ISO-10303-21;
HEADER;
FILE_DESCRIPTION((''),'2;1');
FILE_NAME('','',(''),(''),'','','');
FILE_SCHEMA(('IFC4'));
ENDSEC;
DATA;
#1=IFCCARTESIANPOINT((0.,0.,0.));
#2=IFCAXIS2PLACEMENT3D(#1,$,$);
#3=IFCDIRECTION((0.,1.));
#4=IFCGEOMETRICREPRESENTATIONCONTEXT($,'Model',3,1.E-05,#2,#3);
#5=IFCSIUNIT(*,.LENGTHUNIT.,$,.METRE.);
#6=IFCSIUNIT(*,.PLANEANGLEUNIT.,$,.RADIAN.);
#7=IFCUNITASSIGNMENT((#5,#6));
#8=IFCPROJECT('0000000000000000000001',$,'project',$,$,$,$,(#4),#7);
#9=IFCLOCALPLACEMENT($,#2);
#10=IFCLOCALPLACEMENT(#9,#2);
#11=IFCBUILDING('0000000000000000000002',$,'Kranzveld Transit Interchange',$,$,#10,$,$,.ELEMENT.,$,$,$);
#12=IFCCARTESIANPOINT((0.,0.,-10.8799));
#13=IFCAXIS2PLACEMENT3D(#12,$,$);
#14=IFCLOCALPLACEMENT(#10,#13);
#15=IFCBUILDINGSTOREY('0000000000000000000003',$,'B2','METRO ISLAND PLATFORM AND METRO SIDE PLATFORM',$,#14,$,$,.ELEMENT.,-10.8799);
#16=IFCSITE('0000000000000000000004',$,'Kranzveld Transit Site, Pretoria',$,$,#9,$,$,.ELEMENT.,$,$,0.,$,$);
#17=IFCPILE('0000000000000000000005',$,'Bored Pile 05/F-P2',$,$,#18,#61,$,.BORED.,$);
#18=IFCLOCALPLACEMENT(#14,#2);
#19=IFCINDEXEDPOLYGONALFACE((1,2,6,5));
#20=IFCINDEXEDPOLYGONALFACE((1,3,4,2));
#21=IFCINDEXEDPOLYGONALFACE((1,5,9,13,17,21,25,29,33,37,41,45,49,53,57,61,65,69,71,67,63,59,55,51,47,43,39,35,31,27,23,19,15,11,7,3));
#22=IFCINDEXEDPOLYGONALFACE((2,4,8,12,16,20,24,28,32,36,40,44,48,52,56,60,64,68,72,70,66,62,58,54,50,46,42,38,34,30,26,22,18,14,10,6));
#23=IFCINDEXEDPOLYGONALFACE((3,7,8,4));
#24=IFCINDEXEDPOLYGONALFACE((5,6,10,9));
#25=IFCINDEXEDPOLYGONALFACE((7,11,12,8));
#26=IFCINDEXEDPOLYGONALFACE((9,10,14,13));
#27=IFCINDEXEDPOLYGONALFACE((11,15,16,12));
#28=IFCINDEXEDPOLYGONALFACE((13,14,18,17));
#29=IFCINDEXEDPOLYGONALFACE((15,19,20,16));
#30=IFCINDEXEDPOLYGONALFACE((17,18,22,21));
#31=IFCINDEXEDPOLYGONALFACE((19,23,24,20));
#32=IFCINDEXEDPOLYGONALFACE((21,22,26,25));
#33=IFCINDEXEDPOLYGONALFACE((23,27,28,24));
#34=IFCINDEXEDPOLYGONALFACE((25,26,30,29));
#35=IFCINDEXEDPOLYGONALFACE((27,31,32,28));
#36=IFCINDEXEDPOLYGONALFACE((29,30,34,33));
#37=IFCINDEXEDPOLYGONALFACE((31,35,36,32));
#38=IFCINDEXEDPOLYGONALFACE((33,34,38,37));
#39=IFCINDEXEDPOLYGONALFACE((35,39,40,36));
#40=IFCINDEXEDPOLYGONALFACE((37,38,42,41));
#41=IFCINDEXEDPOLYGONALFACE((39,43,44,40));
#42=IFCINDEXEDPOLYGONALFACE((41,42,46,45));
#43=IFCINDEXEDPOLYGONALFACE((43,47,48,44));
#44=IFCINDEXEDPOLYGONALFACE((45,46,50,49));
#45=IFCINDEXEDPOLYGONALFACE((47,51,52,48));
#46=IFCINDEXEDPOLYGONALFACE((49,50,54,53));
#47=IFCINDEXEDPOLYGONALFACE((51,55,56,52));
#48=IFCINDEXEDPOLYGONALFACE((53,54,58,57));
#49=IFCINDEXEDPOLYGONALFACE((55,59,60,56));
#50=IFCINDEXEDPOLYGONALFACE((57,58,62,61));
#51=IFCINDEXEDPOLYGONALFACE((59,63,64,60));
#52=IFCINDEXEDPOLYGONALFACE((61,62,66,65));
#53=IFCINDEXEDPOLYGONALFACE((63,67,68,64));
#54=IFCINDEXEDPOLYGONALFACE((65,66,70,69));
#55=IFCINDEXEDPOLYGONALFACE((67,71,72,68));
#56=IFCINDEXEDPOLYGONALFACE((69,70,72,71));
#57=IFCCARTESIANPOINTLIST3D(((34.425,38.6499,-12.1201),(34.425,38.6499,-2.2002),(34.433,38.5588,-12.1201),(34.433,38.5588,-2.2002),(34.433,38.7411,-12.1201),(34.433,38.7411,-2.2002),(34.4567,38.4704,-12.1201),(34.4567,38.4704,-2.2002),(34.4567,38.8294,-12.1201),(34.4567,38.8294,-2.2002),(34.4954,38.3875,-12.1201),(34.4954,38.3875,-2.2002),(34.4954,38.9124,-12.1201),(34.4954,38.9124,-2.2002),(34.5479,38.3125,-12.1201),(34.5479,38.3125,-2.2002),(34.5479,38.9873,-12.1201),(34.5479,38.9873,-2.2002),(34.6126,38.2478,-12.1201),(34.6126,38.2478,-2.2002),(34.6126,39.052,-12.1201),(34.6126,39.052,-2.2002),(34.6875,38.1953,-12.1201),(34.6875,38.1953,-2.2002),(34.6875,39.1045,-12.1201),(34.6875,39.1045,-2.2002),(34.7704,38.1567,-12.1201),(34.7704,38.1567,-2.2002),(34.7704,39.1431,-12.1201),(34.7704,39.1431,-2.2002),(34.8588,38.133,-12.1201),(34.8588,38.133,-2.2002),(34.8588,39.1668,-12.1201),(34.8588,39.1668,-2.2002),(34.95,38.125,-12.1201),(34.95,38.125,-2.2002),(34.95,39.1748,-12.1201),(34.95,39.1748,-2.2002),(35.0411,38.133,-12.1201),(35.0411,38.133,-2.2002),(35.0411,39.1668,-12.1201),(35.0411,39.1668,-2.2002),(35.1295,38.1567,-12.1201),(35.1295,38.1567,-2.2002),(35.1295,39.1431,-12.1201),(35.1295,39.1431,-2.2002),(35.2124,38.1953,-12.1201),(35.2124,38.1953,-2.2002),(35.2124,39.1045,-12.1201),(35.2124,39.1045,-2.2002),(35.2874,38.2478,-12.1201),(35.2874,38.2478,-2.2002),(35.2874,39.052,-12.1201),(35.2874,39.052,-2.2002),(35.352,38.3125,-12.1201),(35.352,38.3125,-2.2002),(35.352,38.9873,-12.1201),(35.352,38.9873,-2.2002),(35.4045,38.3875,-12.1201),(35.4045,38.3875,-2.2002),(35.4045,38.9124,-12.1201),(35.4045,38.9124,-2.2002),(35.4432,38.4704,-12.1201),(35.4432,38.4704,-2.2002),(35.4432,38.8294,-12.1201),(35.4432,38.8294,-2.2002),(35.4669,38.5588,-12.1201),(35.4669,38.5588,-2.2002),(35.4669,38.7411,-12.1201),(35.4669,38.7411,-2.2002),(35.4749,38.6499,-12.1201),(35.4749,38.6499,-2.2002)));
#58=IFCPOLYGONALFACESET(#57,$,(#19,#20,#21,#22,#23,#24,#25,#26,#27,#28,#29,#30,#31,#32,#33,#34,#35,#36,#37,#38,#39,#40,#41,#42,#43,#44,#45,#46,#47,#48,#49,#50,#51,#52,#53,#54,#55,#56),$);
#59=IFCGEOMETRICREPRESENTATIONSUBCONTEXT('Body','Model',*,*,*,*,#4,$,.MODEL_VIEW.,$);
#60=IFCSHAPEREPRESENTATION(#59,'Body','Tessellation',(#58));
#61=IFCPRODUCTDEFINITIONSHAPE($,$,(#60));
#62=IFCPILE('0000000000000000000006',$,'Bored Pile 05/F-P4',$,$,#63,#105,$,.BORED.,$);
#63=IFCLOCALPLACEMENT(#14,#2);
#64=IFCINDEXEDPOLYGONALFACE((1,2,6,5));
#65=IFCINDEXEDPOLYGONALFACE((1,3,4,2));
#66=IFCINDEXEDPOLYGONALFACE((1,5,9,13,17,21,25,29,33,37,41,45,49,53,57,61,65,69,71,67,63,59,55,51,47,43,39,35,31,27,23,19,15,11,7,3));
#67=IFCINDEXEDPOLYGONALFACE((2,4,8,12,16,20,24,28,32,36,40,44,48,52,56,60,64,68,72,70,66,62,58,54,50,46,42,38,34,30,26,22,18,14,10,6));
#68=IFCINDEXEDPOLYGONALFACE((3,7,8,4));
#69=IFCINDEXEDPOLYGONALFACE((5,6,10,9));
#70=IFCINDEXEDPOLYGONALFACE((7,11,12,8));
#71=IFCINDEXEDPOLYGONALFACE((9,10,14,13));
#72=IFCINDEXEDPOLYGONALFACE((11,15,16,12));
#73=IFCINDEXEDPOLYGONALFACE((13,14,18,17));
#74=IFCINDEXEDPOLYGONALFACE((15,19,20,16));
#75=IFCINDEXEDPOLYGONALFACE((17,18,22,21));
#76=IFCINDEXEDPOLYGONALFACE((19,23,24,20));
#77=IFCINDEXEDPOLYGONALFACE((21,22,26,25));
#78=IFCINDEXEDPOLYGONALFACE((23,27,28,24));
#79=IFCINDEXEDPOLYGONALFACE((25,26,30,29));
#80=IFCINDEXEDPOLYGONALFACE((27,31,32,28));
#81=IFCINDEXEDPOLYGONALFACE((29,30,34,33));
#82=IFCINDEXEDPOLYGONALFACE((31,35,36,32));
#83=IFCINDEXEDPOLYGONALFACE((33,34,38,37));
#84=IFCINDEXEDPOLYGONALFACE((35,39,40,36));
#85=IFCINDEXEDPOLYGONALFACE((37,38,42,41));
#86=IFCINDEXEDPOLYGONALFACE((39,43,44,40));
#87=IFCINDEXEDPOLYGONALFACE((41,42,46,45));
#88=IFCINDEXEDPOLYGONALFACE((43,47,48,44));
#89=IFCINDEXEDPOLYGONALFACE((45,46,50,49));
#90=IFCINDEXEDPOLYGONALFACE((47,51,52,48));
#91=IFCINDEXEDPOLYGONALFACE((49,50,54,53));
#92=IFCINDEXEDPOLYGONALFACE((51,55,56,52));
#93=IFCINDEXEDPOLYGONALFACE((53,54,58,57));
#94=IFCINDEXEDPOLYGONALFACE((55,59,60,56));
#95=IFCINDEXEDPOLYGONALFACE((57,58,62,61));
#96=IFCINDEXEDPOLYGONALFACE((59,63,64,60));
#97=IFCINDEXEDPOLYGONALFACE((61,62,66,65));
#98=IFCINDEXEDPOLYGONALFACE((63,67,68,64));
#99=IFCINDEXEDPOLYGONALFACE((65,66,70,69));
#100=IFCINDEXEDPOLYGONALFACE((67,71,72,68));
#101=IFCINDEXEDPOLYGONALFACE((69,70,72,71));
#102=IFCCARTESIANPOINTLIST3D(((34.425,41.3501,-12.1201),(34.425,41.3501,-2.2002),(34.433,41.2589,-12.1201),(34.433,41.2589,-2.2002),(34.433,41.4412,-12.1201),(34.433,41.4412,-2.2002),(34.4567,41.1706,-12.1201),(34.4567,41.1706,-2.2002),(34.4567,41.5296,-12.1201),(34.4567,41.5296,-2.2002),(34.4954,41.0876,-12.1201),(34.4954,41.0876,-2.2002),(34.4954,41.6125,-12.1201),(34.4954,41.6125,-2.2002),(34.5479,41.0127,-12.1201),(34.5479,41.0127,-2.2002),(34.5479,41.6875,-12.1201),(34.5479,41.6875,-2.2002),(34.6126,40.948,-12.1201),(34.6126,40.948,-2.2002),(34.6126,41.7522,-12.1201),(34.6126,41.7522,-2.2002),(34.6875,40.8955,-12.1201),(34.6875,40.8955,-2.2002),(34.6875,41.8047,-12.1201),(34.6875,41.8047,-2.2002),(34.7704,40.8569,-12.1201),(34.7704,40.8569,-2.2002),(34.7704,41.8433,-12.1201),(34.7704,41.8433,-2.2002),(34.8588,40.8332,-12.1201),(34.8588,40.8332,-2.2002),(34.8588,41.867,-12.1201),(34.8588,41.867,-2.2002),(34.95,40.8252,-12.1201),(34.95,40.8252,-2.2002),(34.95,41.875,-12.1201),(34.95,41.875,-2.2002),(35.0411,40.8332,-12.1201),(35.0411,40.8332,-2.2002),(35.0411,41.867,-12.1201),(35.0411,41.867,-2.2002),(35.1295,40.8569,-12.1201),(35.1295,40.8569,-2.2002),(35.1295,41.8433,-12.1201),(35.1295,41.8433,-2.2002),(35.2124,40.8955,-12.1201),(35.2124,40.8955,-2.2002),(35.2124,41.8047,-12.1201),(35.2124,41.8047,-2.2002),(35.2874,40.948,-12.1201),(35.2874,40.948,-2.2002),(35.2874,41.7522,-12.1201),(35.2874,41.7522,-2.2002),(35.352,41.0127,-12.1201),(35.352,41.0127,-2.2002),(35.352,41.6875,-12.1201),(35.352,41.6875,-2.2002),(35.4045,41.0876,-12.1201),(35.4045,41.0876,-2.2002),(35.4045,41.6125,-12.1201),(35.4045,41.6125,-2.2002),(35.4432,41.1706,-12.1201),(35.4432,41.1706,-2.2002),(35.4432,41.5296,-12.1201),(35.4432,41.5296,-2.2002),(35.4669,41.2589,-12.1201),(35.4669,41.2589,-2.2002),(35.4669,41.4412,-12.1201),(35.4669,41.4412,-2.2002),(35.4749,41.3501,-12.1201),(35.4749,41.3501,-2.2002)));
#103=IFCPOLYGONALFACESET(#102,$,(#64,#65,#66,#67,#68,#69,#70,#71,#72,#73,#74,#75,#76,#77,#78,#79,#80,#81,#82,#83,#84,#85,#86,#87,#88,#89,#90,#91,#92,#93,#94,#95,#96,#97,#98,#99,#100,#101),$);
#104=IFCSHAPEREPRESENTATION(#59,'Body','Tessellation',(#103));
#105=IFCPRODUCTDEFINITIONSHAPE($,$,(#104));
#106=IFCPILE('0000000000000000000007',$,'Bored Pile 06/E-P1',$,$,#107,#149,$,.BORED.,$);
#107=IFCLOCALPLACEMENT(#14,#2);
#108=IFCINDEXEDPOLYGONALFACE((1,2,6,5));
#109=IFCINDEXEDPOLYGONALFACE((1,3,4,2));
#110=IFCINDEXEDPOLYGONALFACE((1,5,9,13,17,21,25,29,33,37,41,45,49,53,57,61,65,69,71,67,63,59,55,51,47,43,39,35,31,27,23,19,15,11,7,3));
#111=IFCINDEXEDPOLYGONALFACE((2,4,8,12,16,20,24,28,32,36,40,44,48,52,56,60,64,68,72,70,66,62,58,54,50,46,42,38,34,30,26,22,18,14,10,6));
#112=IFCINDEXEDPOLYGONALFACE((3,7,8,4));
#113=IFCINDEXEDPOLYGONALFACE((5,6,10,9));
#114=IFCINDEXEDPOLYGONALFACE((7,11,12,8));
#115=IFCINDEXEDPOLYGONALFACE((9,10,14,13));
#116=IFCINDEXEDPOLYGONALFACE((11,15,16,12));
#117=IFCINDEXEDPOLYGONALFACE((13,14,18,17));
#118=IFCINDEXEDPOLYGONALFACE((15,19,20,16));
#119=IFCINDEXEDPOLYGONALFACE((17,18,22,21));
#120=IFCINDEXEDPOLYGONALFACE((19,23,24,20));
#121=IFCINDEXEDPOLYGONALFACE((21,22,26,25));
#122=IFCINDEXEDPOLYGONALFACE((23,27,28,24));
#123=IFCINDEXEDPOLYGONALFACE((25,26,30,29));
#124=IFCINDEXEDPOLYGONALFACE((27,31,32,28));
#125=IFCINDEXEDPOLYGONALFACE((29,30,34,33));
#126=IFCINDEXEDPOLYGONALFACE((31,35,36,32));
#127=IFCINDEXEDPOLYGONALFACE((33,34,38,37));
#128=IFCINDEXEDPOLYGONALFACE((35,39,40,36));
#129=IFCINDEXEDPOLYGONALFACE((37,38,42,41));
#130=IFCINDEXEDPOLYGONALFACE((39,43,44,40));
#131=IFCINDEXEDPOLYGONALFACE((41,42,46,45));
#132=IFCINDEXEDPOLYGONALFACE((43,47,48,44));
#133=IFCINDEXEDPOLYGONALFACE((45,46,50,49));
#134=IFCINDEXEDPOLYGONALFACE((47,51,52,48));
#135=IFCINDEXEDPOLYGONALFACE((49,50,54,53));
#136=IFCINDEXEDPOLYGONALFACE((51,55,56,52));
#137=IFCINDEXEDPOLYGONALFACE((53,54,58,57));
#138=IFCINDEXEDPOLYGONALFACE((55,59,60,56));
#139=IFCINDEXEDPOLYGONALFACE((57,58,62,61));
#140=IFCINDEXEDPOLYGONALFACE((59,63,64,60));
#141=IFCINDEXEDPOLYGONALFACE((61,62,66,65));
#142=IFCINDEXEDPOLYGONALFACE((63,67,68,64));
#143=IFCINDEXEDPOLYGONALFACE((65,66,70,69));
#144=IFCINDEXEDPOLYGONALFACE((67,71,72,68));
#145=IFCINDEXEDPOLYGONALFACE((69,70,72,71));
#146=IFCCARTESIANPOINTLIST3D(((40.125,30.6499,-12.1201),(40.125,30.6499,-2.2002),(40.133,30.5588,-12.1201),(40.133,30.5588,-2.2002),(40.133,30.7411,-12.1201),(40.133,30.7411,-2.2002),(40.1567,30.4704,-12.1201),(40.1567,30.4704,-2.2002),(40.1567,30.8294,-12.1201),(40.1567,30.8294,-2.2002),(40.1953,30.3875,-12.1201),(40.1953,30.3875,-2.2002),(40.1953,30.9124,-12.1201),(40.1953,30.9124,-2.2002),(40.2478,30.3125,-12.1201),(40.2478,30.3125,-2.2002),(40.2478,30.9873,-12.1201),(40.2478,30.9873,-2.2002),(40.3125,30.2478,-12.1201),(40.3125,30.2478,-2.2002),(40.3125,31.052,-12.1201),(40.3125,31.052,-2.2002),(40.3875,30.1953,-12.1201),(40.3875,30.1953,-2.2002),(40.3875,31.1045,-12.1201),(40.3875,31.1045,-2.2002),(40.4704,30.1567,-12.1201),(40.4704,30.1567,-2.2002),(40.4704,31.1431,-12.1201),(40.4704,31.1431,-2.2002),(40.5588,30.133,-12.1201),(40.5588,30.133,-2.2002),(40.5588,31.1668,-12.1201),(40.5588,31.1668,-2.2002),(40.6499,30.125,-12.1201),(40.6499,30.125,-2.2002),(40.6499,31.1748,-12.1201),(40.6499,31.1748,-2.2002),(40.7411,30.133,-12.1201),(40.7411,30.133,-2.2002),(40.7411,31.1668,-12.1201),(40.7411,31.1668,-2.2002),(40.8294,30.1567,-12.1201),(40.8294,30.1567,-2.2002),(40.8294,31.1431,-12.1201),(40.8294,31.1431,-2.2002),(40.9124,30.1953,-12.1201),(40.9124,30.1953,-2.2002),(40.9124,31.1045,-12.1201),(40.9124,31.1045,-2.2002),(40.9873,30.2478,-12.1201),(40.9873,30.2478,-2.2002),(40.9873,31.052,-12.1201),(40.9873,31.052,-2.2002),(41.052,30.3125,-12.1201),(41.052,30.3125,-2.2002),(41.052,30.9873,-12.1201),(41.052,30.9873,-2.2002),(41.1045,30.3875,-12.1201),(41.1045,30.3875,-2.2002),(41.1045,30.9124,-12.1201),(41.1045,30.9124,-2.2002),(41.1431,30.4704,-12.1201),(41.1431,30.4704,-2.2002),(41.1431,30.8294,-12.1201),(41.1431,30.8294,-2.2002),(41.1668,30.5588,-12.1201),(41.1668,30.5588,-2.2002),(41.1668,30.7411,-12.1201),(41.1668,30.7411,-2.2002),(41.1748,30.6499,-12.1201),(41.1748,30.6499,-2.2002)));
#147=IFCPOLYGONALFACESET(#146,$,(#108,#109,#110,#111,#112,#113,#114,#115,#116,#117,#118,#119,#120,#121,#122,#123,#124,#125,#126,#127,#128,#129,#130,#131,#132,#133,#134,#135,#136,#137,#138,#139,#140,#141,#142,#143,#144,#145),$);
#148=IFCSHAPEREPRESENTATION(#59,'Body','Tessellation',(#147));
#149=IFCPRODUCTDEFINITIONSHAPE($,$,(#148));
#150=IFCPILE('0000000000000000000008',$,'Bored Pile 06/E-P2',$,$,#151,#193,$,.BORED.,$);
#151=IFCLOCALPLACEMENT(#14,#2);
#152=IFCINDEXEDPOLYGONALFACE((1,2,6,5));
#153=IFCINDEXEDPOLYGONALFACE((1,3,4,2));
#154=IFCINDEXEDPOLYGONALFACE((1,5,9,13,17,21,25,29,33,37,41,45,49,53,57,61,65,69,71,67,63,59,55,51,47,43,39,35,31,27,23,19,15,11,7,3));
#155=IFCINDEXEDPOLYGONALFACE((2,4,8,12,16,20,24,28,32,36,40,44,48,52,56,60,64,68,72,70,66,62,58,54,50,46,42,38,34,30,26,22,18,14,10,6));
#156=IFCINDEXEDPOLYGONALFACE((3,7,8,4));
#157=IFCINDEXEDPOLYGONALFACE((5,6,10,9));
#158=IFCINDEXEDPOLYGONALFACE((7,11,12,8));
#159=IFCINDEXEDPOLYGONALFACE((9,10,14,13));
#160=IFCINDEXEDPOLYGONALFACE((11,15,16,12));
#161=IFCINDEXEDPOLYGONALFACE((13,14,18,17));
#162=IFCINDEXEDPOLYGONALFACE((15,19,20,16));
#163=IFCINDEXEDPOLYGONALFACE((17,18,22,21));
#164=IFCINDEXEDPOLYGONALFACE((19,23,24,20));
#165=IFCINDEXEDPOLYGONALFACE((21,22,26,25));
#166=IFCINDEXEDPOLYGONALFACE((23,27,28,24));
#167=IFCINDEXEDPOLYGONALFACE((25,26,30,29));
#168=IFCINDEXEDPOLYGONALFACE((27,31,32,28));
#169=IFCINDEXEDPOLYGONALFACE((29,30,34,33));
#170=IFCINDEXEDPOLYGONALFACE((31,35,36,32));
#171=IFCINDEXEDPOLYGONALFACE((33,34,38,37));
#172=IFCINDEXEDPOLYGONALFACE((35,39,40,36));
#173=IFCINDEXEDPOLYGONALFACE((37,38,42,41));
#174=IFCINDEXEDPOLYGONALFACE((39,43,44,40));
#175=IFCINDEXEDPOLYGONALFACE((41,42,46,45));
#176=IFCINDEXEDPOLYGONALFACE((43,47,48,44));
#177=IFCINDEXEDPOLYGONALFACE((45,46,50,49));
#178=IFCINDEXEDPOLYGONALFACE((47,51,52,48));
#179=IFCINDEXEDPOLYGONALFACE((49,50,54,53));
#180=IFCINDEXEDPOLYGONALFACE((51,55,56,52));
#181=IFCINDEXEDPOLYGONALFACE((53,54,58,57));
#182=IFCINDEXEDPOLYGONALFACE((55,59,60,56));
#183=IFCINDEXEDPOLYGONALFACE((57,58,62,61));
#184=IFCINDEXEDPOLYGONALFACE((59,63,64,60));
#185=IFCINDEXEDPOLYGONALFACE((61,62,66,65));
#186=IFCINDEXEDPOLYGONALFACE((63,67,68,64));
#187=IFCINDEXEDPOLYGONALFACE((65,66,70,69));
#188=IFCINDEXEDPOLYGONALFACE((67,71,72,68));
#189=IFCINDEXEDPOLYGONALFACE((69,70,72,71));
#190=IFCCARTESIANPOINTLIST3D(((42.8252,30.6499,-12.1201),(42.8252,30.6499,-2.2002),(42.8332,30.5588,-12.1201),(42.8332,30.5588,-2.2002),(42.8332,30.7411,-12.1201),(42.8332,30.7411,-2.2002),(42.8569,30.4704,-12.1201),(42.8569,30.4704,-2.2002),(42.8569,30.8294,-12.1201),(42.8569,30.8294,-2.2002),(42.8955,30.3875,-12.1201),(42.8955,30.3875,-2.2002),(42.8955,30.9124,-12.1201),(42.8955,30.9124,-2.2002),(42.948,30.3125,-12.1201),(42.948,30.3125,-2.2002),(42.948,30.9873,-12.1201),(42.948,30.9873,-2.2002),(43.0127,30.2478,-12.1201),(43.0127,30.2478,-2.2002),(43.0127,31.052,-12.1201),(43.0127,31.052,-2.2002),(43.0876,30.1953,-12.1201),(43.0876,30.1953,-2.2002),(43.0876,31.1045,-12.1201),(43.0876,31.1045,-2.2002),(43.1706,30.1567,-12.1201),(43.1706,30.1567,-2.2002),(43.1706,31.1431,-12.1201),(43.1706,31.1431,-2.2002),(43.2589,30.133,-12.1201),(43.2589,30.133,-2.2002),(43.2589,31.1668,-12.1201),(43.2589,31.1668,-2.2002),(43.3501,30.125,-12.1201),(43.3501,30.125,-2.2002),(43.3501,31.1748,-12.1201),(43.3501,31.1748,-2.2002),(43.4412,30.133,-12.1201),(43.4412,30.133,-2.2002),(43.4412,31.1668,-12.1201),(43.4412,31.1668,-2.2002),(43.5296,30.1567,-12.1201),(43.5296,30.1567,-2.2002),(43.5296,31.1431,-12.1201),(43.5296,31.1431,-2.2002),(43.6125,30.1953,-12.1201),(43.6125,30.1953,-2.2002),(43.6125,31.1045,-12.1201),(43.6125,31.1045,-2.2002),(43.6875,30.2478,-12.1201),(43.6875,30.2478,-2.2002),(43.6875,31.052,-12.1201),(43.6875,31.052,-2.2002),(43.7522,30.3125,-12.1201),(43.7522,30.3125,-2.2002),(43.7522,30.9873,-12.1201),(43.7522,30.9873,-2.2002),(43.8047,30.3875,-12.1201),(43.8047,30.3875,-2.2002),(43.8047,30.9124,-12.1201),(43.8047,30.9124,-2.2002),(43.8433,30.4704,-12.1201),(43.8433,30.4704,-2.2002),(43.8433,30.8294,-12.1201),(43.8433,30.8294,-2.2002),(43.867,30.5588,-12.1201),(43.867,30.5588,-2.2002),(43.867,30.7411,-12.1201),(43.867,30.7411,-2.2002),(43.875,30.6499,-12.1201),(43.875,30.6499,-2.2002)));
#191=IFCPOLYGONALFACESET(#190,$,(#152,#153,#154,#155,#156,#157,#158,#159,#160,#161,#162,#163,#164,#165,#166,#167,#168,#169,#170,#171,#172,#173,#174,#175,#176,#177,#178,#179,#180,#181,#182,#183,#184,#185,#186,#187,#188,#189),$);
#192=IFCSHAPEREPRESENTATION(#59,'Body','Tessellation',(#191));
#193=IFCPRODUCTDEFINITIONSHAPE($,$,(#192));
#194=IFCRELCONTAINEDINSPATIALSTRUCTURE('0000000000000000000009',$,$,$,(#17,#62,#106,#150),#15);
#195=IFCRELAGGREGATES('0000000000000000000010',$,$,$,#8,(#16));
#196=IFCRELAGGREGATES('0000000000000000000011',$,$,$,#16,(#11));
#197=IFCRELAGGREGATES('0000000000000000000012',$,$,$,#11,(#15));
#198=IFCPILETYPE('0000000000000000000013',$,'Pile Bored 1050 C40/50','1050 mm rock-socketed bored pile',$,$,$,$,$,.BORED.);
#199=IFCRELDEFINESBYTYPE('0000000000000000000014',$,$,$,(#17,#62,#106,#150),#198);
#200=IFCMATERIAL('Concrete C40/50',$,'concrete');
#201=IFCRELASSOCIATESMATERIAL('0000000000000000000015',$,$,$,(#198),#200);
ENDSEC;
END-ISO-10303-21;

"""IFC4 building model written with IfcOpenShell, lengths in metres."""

from ifc_helpers import new_model, si_unit, direction, frame, origin, origin_2d, place, context, subcontext, project, spatial, circle, extrude, material, material_profile, profile_set, type_object, element, save


model = new_model("IFC4")

# Units and contexts
model_context = context("Model", 3, precision=1e-05, world=origin(), true_north=direction((0.0, 1.0)))
body_context = subcontext(model_context, "Body", "Model", "MODEL_VIEW")
ifc_project = project(units=[si_unit("LENGTHUNIT", "METRE"), si_unit("PLANEANGLEUNIT", "RADIAN")], contexts=[model_context])

# Site, building, storey
site_placement = place(None, origin())
site = spatial("IfcSite", under=ifc_project, at=site_placement, Name="Kranzveld Transit Site, Pretoria", CompositionType="ELEMENT", RefElevation=0.0)
building_placement = place(site_placement, origin())
building = spatial("IfcBuilding", under=site, at=building_placement, Name="Kranzveld Transit Interchange", CompositionType="ELEMENT")
storey_placement = place(building_placement, frame((0.0, 0.0, -10.8799)))
storey = spatial("IfcBuildingStorey", under=building, at=storey_placement, Name="B2", Description="METRO ISLAND PLATFORM AND METRO SIDE PLATFORM", CompositionType="ELEMENT", Elevation=-10.8799)

# Piles
ifc_material_1 = material(Name="Concrete C40/50", Category="concrete")
ifc_material_profile_1 = material_profile(ifc_material_1, circle(Radius=0.5249, at=origin_2d()), Name="BORED PILE 1050")
ifc_profile_set_1 = profile_set([ifc_material_profile_1], Name="Concrete C40/50")
pile_type_1 = type_object("IfcPileType", Name="Pile Bored 1050 C40/50", Description="1050 mm rock-socketed bored pile", PredefinedType="BORED", material=ifc_profile_set_1)
for number, where, z_axis, x_axis, name in (
    (1, (34.95, 38.6499, -2.2002), (0.0, 0.0, -1.0), (1.0, 0.0, 0.0), "Bored Pile 05/F-P2"),
    (2, (34.95, 41.3501, -2.2002), (0.0, 0.0, -1.0), (1.0, 0.0, 0.0), "Bored Pile 05/F-P4"),
    (3, (40.6499, 30.6499, -2.2002), (0.0, 0.0, -1.0), (1.0, 0.0, 0.0), "Bored Pile 06/E-P1"),
    (4, (43.3501, 30.6499, -2.2002), (0.0, 0.0, -1.0), (1.0, 0.0, 0.0), "Bored Pile 06/E-P2"),
):
    element("IfcPile", number, at=place(storey_placement, frame(where, z_axis=z_axis, x_axis=x_axis)), inside=storey, type_object=pile_type_1, Name=name, PredefinedType="BORED", context=body_context, shape_type="SweptSolid", body=[
        extrude(circle(Radius=0.5249, at=origin_2d()), origin(), (0.0, 0.0, 1.0), 9.9199),
    ])

save(model, "model.ifc")
